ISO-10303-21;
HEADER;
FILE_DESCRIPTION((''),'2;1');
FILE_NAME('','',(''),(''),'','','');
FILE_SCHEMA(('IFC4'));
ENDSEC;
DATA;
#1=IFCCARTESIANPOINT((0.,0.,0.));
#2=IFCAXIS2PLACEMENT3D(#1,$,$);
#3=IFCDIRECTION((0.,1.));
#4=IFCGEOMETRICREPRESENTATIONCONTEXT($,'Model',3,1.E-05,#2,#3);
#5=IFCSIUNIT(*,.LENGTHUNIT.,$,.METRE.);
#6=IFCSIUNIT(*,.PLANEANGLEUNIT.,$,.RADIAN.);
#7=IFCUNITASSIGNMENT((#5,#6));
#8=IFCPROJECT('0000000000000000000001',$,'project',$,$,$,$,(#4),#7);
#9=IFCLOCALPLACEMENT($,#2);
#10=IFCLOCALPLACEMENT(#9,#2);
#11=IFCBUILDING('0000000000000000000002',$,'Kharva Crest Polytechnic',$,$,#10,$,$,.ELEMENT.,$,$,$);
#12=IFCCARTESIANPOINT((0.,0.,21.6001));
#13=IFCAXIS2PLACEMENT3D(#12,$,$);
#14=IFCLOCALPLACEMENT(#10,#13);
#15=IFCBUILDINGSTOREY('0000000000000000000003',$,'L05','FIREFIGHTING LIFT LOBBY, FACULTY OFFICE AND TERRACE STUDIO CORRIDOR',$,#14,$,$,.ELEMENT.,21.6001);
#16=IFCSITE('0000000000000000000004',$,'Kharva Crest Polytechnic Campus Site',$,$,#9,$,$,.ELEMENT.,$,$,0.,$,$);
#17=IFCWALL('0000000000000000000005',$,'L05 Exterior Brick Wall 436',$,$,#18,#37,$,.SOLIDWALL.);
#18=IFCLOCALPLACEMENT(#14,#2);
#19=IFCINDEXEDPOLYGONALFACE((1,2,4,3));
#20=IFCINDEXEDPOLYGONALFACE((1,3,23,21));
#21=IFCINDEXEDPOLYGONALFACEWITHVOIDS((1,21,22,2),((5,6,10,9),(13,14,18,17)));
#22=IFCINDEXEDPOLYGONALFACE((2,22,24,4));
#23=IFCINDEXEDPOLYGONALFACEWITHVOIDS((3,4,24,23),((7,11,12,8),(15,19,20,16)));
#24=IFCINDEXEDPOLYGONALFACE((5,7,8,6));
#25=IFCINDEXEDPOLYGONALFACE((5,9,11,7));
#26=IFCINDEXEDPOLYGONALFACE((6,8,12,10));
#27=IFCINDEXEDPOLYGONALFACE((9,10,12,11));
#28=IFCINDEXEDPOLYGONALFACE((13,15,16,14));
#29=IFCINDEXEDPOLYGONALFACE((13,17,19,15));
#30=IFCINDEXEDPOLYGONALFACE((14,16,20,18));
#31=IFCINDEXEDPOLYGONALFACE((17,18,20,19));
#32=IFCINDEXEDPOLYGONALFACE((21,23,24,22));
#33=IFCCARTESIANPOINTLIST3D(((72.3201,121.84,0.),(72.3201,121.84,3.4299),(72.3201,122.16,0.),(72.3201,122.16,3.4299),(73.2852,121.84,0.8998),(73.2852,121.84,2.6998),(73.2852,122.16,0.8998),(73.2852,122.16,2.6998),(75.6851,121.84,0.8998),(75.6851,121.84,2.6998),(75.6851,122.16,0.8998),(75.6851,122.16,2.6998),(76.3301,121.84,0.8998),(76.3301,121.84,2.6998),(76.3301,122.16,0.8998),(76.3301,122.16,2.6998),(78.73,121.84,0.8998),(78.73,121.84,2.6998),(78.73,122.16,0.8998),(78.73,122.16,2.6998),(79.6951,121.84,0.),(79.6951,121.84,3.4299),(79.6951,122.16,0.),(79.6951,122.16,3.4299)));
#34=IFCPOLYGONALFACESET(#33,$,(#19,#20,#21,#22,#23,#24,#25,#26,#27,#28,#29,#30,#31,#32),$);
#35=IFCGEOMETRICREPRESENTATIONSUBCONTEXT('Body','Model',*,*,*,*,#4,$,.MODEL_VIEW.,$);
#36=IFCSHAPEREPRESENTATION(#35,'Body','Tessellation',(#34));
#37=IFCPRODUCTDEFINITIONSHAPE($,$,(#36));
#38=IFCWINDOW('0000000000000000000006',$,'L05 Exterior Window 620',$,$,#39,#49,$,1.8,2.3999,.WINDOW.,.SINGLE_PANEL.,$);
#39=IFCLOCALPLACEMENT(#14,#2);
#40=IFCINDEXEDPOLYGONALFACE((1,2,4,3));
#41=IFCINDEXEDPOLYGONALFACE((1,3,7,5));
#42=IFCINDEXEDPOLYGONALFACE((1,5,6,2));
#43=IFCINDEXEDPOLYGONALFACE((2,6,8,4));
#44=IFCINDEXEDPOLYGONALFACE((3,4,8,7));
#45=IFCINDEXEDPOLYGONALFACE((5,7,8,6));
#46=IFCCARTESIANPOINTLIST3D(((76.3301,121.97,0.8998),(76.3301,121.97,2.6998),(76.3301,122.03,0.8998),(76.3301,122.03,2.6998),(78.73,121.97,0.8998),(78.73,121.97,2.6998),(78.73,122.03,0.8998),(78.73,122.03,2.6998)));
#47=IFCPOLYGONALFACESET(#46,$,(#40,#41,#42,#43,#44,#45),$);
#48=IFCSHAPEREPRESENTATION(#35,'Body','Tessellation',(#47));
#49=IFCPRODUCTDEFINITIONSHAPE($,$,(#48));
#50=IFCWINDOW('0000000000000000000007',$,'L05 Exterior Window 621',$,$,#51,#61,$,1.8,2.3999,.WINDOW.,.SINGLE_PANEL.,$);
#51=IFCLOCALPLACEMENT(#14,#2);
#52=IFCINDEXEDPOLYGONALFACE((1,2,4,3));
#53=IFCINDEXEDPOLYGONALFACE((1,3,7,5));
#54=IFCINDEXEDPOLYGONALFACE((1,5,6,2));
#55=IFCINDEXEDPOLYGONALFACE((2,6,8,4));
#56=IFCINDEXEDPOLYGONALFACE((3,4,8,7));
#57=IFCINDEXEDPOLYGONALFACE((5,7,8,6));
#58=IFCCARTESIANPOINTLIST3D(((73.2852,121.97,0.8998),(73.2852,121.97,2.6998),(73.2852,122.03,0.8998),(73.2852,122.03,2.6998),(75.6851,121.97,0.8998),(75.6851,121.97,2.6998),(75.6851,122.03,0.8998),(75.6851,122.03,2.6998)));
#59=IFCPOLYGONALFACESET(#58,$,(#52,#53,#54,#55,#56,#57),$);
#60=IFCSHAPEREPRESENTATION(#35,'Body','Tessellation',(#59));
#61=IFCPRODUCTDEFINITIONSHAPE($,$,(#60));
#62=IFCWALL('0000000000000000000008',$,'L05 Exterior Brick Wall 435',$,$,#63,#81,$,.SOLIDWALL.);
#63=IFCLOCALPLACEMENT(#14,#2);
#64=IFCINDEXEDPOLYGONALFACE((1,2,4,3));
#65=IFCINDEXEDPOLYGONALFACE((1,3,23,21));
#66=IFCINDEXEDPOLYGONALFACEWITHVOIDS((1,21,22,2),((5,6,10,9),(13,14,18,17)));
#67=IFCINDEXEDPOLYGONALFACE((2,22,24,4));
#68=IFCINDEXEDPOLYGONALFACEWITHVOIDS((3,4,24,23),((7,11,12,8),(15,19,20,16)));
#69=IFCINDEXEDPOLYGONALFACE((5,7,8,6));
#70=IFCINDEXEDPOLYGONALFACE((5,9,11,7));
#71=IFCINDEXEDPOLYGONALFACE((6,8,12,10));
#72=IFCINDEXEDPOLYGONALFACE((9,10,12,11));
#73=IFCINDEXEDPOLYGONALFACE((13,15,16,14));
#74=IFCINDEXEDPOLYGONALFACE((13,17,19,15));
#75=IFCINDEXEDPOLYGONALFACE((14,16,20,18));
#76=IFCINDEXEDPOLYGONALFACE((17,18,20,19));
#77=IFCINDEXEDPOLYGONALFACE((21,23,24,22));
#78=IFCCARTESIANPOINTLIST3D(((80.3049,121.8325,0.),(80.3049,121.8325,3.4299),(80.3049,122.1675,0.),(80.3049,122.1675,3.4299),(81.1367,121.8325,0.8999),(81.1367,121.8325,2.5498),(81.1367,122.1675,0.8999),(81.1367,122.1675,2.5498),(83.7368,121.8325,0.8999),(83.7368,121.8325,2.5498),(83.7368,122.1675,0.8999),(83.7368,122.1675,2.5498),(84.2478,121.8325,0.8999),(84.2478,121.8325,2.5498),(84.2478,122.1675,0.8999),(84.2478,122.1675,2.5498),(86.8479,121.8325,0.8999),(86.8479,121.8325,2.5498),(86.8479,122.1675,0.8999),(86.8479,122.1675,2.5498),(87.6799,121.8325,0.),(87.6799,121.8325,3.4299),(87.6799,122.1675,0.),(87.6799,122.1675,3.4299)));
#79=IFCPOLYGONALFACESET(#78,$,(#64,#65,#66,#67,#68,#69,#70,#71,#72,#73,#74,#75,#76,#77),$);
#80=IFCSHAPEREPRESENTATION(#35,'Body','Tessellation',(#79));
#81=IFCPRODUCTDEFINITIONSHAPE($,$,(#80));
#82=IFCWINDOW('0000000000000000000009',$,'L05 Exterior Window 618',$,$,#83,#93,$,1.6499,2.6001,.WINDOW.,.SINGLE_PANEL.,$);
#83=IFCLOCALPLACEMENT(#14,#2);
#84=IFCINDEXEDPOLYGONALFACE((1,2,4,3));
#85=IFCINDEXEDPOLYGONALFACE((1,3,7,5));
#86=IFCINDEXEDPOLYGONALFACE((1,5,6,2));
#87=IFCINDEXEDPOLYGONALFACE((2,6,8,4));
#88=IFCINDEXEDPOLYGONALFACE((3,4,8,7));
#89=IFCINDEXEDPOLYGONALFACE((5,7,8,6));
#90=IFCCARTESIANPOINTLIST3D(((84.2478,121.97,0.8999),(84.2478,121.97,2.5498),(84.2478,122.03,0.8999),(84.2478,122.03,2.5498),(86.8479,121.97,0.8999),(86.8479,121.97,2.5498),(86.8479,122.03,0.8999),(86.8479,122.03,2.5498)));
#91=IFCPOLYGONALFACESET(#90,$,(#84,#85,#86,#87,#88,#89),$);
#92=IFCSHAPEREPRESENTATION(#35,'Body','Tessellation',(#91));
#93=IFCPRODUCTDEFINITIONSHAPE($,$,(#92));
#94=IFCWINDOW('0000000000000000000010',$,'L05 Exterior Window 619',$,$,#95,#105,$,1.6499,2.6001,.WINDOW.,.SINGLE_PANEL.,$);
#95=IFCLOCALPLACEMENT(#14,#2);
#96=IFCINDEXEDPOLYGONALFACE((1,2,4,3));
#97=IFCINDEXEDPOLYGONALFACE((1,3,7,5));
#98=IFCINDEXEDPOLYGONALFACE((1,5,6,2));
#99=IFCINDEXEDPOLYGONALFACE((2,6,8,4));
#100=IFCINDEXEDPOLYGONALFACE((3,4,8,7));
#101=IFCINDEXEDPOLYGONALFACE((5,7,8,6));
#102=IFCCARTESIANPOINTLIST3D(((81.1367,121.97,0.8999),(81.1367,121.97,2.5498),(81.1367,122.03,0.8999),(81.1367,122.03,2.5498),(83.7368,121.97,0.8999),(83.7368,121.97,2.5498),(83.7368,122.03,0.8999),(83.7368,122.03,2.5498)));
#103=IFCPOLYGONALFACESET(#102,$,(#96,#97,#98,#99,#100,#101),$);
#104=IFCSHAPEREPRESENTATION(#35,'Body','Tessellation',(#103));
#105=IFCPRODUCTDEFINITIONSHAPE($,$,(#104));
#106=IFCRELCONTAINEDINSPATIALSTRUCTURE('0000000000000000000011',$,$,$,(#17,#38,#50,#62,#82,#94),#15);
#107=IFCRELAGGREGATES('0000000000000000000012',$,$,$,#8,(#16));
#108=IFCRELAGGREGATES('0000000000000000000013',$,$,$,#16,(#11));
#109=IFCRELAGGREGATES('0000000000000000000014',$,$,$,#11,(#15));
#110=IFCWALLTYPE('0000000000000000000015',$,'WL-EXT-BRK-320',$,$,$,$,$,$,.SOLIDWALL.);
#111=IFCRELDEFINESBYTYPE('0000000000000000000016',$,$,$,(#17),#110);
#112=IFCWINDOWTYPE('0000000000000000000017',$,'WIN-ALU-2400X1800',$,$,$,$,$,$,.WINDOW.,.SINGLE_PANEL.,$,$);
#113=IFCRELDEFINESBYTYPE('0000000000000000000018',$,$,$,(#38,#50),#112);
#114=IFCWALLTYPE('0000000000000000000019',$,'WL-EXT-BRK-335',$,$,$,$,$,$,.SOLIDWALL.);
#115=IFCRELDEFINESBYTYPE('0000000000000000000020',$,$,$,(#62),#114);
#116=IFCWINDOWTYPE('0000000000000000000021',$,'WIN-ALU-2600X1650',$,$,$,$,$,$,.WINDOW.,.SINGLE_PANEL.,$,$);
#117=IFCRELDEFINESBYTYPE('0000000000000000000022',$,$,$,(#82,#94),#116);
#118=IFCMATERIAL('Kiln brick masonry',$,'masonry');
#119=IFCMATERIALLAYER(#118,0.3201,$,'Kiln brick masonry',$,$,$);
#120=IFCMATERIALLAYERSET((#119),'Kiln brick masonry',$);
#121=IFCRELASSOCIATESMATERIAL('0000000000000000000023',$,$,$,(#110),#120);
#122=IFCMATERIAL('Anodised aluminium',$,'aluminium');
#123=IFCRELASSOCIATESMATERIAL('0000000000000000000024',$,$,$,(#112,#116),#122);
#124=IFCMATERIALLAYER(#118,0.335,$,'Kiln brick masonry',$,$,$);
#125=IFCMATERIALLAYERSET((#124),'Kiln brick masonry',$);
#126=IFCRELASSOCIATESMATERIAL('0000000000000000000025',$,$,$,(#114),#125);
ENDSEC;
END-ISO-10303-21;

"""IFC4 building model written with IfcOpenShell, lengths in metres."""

from ifc_helpers import new_model, si_unit, direction, frame, frame_2d, origin, place, context, subcontext, project, spatial, rectangle, extrude, material, layer, layer_set, type_object, element, fill, save


model = new_model("IFC4")

# Units and contexts
model_context = context("Model", 3, precision=1e-05, world=origin(), true_north=direction((0.0, 1.0)))
body_context = subcontext(model_context, "Body", "Model", "MODEL_VIEW")
ifc_project = project(units=[si_unit("LENGTHUNIT", "METRE"), si_unit("PLANEANGLEUNIT", "RADIAN")], contexts=[model_context])

# Site, building, storey
site_placement = place(None, origin())
site = spatial("IfcSite", under=ifc_project, at=site_placement, Name="Kharva Crest Polytechnic Campus Site", CompositionType="ELEMENT", RefElevation=0.0)
building_placement = place(site_placement, origin())
building = spatial("IfcBuilding", under=site, at=building_placement, Name="Kharva Crest Polytechnic", CompositionType="ELEMENT")
storey_placement = place(building_placement, frame((0.0, 0.0, 21.6001)))
storey = spatial("IfcBuildingStorey", under=building, at=storey_placement, Name="L05", Description="FIREFIGHTING LIFT LOBBY, FACULTY OFFICE AND TERRACE STUDIO CORRIDOR", CompositionType="ELEMENT", Elevation=21.6001)

# Walls, openings, windows
ifc_material_1 = material(Name="Kiln brick masonry", Category="masonry")
ifc_layer_1 = layer(ifc_material_1, 0.3201, Name="Kiln brick masonry")
ifc_layer_set_1 = layer_set([ifc_layer_1], Name="Kiln brick masonry")
wall_type_1 = type_object("IfcWallType", Name="WL-EXT-BRK-320", PredefinedType="SOLIDWALL", material=ifc_layer_set_1)
wall_1_placement = place(storey_placement, frame((79.6951, 122.0, 0.0), z_axis=(0.0, 0.0, 1.0), x_axis=(-1.0, 0.0, 0.0)))
wall_1 = element("IfcWall", 1, at=wall_1_placement, inside=storey, type_object=wall_type_1, Name="L05 Exterior Brick Wall 436", PredefinedType="SOLIDWALL", context=body_context, shape_type="SweptSolid", body=[
    extrude(rectangle(XDim=7.375, YDim=0.3201, at=frame_2d((3.6875, 0.0))), origin(), (0.0, 0.0, 1.0), 3.4299),
])
opening_1_placement = place(wall_1_placement, frame((0.9651, 0.0, 0.8999)))
opening_1 = element("IfcOpeningElement", 2, at=opening_1_placement, cuts=wall_1, PredefinedType="OPENING", context=body_context, shape_type="SweptSolid", body=[
    extrude(rectangle(XDim=2.3999, YDim=1.8, at=frame_2d((1.2, 0.8999))), frame((0.0, 0.1699, 0.0), z_axis=(0.0, -1.0, 0.0), x_axis=(1.0, 0.0, 0.0)), (0.0, 0.0, 1.0), 0.3401),
])
opening_2_placement = place(wall_1_placement, frame((4.01, 0.0, 0.8999)))
opening_2 = element("IfcOpeningElement", 3, at=opening_2_placement, cuts=wall_1, PredefinedType="OPENING", context=body_context, shape_type="SweptSolid", body=[
    extrude(rectangle(XDim=2.3999, YDim=1.8, at=frame_2d((1.2, 0.8999))), frame((0.0, 0.1699, 0.0), z_axis=(0.0, -1.0, 0.0), x_axis=(1.0, 0.0, 0.0)), (0.0, 0.0, 1.0), 0.3401),
])
ifc_material_2 = material(Name="Anodised aluminium", Category="aluminium")
window_type_1 = type_object("IfcWindowType", Name="WIN-ALU-2400X1800", PartitioningType="SINGLE_PANEL", PredefinedType="WINDOW", material=ifc_material_2)
window_1_placement = place(opening_1_placement, origin())
window_1 = element("IfcWindow", 4, at=window_1_placement, inside=storey, type_object=window_type_1, Name="L05 Exterior Window 620", OverallHeight=1.8, OverallWidth=2.3999, PartitioningType="SINGLE_PANEL", PredefinedType="WINDOW", context=body_context, shape_type="SweptSolid", body=[
    extrude(rectangle(XDim=2.3999, YDim=1.8, at=frame_2d((1.2, 0.8999))), frame((0.0, 0.03, 0.0), z_axis=(0.0, -1.0, 0.0), x_axis=(1.0, 0.0, 0.0)), (0.0, 0.0, 1.0), 0.0601),
])
fill(opening_1, window_1)
window_2_placement = place(opening_2_placement, origin())
window_2 = element("IfcWindow", 5, at=window_2_placement, inside=storey, type_object=window_type_1, Name="L05 Exterior Window 621", OverallHeight=1.8, OverallWidth=2.3999, PartitioningType="SINGLE_PANEL", PredefinedType="WINDOW", context=body_context, shape_type="SweptSolid", body=[
    extrude(rectangle(XDim=2.3999, YDim=1.8, at=frame_2d((1.2, 0.8999))), frame((0.0, 0.03, 0.0), z_axis=(0.0, -1.0, 0.0), x_axis=(1.0, 0.0, 0.0)), (0.0, 0.0, 1.0), 0.0601),
])
fill(opening_2, window_2)
ifc_layer_2 = layer(ifc_material_1, 0.335, Name="Kiln brick masonry")
ifc_layer_set_2 = layer_set([ifc_layer_2], Name="Kiln brick masonry")
wall_type_2 = type_object("IfcWallType", Name="WL-EXT-BRK-335", PredefinedType="SOLIDWALL", material=ifc_layer_set_2)
wall_2_placement = place(storey_placement, frame((87.6799, 122.0, 0.0), z_axis=(0.0, 0.0, 1.0), x_axis=(-1.0, 0.0, 0.0)))
wall_2 = element("IfcWall", 6, at=wall_2_placement, inside=storey, type_object=wall_type_2, Name="L05 Exterior Brick Wall 435", PredefinedType="SOLIDWALL", context=body_context, shape_type="SweptSolid", body=[
    extrude(rectangle(XDim=7.375, YDim=0.335, at=frame_2d((3.6875, 0.0))), origin(), (0.0, 0.0, 1.0), 3.4299),
])
opening_3_placement = place(wall_2_placement, frame((0.832, 0.0, 0.8999)))
opening_3 = element("IfcOpeningElement", 7, at=opening_3_placement, cuts=wall_2, PredefinedType="OPENING", context=body_context, shape_type="SweptSolid", body=[
    extrude(rectangle(XDim=2.6001, YDim=1.6499, at=frame_2d((1.3, 0.825))), frame((0.0, 0.1775, 0.0), z_axis=(0.0, -1.0, 0.0), x_axis=(1.0, 0.0, 0.0)), (0.0, 0.0, 1.0), 0.355),
])
opening_4_placement = place(wall_2_placement, frame((3.9431, 0.0, 0.8999)))
opening_4 = element("IfcOpeningElement", 8, at=opening_4_placement, cuts=wall_2, PredefinedType="OPENING", context=body_context, shape_type="SweptSolid", body=[
    extrude(rectangle(XDim=2.6001, YDim=1.6499, at=frame_2d((1.3, 0.825))), frame((0.0, 0.1775, 0.0), z_axis=(0.0, -1.0, 0.0), x_axis=(1.0, 0.0, 0.0)), (0.0, 0.0, 1.0), 0.355),
])
window_type_2 = type_object("IfcWindowType", Name="WIN-ALU-2600X1650", PartitioningType="SINGLE_PANEL", PredefinedType="WINDOW", material=ifc_material_2)
window_3_placement = place(opening_3_placement, origin())
window_3 = element("IfcWindow", 9, at=window_3_placement, inside=storey, type_object=window_type_2, Name="L05 Exterior Window 618", OverallHeight=1.6499, OverallWidth=2.6001, PartitioningType="SINGLE_PANEL", PredefinedType="WINDOW", context=body_context, shape_type="SweptSolid", body=[
    extrude(rectangle(XDim=2.6001, YDim=1.6499, at=frame_2d((1.3, 0.825))), frame((0.0, 0.03, 0.0), z_axis=(0.0, -1.0, 0.0), x_axis=(1.0, 0.0, 0.0)), (0.0, 0.0, 1.0), 0.0601),
])
fill(opening_3, window_3)
window_4_placement = place(opening_4_placement, origin())
window_4 = element("IfcWindow", 10, at=window_4_placement, inside=storey, type_object=window_type_2, Name="L05 Exterior Window 619", OverallHeight=1.6499, OverallWidth=2.6001, PartitioningType="SINGLE_PANEL", PredefinedType="WINDOW", context=body_context, shape_type="SweptSolid", body=[
    extrude(rectangle(XDim=2.6001, YDim=1.6499, at=frame_2d((1.3, 0.825))), frame((0.0, 0.03, 0.0), z_axis=(0.0, -1.0, 0.0), x_axis=(1.0, 0.0, 0.0)), (0.0, 0.0, 1.0), 0.0601),
])
fill(opening_4, window_4)

save(model, "model.ifc")
